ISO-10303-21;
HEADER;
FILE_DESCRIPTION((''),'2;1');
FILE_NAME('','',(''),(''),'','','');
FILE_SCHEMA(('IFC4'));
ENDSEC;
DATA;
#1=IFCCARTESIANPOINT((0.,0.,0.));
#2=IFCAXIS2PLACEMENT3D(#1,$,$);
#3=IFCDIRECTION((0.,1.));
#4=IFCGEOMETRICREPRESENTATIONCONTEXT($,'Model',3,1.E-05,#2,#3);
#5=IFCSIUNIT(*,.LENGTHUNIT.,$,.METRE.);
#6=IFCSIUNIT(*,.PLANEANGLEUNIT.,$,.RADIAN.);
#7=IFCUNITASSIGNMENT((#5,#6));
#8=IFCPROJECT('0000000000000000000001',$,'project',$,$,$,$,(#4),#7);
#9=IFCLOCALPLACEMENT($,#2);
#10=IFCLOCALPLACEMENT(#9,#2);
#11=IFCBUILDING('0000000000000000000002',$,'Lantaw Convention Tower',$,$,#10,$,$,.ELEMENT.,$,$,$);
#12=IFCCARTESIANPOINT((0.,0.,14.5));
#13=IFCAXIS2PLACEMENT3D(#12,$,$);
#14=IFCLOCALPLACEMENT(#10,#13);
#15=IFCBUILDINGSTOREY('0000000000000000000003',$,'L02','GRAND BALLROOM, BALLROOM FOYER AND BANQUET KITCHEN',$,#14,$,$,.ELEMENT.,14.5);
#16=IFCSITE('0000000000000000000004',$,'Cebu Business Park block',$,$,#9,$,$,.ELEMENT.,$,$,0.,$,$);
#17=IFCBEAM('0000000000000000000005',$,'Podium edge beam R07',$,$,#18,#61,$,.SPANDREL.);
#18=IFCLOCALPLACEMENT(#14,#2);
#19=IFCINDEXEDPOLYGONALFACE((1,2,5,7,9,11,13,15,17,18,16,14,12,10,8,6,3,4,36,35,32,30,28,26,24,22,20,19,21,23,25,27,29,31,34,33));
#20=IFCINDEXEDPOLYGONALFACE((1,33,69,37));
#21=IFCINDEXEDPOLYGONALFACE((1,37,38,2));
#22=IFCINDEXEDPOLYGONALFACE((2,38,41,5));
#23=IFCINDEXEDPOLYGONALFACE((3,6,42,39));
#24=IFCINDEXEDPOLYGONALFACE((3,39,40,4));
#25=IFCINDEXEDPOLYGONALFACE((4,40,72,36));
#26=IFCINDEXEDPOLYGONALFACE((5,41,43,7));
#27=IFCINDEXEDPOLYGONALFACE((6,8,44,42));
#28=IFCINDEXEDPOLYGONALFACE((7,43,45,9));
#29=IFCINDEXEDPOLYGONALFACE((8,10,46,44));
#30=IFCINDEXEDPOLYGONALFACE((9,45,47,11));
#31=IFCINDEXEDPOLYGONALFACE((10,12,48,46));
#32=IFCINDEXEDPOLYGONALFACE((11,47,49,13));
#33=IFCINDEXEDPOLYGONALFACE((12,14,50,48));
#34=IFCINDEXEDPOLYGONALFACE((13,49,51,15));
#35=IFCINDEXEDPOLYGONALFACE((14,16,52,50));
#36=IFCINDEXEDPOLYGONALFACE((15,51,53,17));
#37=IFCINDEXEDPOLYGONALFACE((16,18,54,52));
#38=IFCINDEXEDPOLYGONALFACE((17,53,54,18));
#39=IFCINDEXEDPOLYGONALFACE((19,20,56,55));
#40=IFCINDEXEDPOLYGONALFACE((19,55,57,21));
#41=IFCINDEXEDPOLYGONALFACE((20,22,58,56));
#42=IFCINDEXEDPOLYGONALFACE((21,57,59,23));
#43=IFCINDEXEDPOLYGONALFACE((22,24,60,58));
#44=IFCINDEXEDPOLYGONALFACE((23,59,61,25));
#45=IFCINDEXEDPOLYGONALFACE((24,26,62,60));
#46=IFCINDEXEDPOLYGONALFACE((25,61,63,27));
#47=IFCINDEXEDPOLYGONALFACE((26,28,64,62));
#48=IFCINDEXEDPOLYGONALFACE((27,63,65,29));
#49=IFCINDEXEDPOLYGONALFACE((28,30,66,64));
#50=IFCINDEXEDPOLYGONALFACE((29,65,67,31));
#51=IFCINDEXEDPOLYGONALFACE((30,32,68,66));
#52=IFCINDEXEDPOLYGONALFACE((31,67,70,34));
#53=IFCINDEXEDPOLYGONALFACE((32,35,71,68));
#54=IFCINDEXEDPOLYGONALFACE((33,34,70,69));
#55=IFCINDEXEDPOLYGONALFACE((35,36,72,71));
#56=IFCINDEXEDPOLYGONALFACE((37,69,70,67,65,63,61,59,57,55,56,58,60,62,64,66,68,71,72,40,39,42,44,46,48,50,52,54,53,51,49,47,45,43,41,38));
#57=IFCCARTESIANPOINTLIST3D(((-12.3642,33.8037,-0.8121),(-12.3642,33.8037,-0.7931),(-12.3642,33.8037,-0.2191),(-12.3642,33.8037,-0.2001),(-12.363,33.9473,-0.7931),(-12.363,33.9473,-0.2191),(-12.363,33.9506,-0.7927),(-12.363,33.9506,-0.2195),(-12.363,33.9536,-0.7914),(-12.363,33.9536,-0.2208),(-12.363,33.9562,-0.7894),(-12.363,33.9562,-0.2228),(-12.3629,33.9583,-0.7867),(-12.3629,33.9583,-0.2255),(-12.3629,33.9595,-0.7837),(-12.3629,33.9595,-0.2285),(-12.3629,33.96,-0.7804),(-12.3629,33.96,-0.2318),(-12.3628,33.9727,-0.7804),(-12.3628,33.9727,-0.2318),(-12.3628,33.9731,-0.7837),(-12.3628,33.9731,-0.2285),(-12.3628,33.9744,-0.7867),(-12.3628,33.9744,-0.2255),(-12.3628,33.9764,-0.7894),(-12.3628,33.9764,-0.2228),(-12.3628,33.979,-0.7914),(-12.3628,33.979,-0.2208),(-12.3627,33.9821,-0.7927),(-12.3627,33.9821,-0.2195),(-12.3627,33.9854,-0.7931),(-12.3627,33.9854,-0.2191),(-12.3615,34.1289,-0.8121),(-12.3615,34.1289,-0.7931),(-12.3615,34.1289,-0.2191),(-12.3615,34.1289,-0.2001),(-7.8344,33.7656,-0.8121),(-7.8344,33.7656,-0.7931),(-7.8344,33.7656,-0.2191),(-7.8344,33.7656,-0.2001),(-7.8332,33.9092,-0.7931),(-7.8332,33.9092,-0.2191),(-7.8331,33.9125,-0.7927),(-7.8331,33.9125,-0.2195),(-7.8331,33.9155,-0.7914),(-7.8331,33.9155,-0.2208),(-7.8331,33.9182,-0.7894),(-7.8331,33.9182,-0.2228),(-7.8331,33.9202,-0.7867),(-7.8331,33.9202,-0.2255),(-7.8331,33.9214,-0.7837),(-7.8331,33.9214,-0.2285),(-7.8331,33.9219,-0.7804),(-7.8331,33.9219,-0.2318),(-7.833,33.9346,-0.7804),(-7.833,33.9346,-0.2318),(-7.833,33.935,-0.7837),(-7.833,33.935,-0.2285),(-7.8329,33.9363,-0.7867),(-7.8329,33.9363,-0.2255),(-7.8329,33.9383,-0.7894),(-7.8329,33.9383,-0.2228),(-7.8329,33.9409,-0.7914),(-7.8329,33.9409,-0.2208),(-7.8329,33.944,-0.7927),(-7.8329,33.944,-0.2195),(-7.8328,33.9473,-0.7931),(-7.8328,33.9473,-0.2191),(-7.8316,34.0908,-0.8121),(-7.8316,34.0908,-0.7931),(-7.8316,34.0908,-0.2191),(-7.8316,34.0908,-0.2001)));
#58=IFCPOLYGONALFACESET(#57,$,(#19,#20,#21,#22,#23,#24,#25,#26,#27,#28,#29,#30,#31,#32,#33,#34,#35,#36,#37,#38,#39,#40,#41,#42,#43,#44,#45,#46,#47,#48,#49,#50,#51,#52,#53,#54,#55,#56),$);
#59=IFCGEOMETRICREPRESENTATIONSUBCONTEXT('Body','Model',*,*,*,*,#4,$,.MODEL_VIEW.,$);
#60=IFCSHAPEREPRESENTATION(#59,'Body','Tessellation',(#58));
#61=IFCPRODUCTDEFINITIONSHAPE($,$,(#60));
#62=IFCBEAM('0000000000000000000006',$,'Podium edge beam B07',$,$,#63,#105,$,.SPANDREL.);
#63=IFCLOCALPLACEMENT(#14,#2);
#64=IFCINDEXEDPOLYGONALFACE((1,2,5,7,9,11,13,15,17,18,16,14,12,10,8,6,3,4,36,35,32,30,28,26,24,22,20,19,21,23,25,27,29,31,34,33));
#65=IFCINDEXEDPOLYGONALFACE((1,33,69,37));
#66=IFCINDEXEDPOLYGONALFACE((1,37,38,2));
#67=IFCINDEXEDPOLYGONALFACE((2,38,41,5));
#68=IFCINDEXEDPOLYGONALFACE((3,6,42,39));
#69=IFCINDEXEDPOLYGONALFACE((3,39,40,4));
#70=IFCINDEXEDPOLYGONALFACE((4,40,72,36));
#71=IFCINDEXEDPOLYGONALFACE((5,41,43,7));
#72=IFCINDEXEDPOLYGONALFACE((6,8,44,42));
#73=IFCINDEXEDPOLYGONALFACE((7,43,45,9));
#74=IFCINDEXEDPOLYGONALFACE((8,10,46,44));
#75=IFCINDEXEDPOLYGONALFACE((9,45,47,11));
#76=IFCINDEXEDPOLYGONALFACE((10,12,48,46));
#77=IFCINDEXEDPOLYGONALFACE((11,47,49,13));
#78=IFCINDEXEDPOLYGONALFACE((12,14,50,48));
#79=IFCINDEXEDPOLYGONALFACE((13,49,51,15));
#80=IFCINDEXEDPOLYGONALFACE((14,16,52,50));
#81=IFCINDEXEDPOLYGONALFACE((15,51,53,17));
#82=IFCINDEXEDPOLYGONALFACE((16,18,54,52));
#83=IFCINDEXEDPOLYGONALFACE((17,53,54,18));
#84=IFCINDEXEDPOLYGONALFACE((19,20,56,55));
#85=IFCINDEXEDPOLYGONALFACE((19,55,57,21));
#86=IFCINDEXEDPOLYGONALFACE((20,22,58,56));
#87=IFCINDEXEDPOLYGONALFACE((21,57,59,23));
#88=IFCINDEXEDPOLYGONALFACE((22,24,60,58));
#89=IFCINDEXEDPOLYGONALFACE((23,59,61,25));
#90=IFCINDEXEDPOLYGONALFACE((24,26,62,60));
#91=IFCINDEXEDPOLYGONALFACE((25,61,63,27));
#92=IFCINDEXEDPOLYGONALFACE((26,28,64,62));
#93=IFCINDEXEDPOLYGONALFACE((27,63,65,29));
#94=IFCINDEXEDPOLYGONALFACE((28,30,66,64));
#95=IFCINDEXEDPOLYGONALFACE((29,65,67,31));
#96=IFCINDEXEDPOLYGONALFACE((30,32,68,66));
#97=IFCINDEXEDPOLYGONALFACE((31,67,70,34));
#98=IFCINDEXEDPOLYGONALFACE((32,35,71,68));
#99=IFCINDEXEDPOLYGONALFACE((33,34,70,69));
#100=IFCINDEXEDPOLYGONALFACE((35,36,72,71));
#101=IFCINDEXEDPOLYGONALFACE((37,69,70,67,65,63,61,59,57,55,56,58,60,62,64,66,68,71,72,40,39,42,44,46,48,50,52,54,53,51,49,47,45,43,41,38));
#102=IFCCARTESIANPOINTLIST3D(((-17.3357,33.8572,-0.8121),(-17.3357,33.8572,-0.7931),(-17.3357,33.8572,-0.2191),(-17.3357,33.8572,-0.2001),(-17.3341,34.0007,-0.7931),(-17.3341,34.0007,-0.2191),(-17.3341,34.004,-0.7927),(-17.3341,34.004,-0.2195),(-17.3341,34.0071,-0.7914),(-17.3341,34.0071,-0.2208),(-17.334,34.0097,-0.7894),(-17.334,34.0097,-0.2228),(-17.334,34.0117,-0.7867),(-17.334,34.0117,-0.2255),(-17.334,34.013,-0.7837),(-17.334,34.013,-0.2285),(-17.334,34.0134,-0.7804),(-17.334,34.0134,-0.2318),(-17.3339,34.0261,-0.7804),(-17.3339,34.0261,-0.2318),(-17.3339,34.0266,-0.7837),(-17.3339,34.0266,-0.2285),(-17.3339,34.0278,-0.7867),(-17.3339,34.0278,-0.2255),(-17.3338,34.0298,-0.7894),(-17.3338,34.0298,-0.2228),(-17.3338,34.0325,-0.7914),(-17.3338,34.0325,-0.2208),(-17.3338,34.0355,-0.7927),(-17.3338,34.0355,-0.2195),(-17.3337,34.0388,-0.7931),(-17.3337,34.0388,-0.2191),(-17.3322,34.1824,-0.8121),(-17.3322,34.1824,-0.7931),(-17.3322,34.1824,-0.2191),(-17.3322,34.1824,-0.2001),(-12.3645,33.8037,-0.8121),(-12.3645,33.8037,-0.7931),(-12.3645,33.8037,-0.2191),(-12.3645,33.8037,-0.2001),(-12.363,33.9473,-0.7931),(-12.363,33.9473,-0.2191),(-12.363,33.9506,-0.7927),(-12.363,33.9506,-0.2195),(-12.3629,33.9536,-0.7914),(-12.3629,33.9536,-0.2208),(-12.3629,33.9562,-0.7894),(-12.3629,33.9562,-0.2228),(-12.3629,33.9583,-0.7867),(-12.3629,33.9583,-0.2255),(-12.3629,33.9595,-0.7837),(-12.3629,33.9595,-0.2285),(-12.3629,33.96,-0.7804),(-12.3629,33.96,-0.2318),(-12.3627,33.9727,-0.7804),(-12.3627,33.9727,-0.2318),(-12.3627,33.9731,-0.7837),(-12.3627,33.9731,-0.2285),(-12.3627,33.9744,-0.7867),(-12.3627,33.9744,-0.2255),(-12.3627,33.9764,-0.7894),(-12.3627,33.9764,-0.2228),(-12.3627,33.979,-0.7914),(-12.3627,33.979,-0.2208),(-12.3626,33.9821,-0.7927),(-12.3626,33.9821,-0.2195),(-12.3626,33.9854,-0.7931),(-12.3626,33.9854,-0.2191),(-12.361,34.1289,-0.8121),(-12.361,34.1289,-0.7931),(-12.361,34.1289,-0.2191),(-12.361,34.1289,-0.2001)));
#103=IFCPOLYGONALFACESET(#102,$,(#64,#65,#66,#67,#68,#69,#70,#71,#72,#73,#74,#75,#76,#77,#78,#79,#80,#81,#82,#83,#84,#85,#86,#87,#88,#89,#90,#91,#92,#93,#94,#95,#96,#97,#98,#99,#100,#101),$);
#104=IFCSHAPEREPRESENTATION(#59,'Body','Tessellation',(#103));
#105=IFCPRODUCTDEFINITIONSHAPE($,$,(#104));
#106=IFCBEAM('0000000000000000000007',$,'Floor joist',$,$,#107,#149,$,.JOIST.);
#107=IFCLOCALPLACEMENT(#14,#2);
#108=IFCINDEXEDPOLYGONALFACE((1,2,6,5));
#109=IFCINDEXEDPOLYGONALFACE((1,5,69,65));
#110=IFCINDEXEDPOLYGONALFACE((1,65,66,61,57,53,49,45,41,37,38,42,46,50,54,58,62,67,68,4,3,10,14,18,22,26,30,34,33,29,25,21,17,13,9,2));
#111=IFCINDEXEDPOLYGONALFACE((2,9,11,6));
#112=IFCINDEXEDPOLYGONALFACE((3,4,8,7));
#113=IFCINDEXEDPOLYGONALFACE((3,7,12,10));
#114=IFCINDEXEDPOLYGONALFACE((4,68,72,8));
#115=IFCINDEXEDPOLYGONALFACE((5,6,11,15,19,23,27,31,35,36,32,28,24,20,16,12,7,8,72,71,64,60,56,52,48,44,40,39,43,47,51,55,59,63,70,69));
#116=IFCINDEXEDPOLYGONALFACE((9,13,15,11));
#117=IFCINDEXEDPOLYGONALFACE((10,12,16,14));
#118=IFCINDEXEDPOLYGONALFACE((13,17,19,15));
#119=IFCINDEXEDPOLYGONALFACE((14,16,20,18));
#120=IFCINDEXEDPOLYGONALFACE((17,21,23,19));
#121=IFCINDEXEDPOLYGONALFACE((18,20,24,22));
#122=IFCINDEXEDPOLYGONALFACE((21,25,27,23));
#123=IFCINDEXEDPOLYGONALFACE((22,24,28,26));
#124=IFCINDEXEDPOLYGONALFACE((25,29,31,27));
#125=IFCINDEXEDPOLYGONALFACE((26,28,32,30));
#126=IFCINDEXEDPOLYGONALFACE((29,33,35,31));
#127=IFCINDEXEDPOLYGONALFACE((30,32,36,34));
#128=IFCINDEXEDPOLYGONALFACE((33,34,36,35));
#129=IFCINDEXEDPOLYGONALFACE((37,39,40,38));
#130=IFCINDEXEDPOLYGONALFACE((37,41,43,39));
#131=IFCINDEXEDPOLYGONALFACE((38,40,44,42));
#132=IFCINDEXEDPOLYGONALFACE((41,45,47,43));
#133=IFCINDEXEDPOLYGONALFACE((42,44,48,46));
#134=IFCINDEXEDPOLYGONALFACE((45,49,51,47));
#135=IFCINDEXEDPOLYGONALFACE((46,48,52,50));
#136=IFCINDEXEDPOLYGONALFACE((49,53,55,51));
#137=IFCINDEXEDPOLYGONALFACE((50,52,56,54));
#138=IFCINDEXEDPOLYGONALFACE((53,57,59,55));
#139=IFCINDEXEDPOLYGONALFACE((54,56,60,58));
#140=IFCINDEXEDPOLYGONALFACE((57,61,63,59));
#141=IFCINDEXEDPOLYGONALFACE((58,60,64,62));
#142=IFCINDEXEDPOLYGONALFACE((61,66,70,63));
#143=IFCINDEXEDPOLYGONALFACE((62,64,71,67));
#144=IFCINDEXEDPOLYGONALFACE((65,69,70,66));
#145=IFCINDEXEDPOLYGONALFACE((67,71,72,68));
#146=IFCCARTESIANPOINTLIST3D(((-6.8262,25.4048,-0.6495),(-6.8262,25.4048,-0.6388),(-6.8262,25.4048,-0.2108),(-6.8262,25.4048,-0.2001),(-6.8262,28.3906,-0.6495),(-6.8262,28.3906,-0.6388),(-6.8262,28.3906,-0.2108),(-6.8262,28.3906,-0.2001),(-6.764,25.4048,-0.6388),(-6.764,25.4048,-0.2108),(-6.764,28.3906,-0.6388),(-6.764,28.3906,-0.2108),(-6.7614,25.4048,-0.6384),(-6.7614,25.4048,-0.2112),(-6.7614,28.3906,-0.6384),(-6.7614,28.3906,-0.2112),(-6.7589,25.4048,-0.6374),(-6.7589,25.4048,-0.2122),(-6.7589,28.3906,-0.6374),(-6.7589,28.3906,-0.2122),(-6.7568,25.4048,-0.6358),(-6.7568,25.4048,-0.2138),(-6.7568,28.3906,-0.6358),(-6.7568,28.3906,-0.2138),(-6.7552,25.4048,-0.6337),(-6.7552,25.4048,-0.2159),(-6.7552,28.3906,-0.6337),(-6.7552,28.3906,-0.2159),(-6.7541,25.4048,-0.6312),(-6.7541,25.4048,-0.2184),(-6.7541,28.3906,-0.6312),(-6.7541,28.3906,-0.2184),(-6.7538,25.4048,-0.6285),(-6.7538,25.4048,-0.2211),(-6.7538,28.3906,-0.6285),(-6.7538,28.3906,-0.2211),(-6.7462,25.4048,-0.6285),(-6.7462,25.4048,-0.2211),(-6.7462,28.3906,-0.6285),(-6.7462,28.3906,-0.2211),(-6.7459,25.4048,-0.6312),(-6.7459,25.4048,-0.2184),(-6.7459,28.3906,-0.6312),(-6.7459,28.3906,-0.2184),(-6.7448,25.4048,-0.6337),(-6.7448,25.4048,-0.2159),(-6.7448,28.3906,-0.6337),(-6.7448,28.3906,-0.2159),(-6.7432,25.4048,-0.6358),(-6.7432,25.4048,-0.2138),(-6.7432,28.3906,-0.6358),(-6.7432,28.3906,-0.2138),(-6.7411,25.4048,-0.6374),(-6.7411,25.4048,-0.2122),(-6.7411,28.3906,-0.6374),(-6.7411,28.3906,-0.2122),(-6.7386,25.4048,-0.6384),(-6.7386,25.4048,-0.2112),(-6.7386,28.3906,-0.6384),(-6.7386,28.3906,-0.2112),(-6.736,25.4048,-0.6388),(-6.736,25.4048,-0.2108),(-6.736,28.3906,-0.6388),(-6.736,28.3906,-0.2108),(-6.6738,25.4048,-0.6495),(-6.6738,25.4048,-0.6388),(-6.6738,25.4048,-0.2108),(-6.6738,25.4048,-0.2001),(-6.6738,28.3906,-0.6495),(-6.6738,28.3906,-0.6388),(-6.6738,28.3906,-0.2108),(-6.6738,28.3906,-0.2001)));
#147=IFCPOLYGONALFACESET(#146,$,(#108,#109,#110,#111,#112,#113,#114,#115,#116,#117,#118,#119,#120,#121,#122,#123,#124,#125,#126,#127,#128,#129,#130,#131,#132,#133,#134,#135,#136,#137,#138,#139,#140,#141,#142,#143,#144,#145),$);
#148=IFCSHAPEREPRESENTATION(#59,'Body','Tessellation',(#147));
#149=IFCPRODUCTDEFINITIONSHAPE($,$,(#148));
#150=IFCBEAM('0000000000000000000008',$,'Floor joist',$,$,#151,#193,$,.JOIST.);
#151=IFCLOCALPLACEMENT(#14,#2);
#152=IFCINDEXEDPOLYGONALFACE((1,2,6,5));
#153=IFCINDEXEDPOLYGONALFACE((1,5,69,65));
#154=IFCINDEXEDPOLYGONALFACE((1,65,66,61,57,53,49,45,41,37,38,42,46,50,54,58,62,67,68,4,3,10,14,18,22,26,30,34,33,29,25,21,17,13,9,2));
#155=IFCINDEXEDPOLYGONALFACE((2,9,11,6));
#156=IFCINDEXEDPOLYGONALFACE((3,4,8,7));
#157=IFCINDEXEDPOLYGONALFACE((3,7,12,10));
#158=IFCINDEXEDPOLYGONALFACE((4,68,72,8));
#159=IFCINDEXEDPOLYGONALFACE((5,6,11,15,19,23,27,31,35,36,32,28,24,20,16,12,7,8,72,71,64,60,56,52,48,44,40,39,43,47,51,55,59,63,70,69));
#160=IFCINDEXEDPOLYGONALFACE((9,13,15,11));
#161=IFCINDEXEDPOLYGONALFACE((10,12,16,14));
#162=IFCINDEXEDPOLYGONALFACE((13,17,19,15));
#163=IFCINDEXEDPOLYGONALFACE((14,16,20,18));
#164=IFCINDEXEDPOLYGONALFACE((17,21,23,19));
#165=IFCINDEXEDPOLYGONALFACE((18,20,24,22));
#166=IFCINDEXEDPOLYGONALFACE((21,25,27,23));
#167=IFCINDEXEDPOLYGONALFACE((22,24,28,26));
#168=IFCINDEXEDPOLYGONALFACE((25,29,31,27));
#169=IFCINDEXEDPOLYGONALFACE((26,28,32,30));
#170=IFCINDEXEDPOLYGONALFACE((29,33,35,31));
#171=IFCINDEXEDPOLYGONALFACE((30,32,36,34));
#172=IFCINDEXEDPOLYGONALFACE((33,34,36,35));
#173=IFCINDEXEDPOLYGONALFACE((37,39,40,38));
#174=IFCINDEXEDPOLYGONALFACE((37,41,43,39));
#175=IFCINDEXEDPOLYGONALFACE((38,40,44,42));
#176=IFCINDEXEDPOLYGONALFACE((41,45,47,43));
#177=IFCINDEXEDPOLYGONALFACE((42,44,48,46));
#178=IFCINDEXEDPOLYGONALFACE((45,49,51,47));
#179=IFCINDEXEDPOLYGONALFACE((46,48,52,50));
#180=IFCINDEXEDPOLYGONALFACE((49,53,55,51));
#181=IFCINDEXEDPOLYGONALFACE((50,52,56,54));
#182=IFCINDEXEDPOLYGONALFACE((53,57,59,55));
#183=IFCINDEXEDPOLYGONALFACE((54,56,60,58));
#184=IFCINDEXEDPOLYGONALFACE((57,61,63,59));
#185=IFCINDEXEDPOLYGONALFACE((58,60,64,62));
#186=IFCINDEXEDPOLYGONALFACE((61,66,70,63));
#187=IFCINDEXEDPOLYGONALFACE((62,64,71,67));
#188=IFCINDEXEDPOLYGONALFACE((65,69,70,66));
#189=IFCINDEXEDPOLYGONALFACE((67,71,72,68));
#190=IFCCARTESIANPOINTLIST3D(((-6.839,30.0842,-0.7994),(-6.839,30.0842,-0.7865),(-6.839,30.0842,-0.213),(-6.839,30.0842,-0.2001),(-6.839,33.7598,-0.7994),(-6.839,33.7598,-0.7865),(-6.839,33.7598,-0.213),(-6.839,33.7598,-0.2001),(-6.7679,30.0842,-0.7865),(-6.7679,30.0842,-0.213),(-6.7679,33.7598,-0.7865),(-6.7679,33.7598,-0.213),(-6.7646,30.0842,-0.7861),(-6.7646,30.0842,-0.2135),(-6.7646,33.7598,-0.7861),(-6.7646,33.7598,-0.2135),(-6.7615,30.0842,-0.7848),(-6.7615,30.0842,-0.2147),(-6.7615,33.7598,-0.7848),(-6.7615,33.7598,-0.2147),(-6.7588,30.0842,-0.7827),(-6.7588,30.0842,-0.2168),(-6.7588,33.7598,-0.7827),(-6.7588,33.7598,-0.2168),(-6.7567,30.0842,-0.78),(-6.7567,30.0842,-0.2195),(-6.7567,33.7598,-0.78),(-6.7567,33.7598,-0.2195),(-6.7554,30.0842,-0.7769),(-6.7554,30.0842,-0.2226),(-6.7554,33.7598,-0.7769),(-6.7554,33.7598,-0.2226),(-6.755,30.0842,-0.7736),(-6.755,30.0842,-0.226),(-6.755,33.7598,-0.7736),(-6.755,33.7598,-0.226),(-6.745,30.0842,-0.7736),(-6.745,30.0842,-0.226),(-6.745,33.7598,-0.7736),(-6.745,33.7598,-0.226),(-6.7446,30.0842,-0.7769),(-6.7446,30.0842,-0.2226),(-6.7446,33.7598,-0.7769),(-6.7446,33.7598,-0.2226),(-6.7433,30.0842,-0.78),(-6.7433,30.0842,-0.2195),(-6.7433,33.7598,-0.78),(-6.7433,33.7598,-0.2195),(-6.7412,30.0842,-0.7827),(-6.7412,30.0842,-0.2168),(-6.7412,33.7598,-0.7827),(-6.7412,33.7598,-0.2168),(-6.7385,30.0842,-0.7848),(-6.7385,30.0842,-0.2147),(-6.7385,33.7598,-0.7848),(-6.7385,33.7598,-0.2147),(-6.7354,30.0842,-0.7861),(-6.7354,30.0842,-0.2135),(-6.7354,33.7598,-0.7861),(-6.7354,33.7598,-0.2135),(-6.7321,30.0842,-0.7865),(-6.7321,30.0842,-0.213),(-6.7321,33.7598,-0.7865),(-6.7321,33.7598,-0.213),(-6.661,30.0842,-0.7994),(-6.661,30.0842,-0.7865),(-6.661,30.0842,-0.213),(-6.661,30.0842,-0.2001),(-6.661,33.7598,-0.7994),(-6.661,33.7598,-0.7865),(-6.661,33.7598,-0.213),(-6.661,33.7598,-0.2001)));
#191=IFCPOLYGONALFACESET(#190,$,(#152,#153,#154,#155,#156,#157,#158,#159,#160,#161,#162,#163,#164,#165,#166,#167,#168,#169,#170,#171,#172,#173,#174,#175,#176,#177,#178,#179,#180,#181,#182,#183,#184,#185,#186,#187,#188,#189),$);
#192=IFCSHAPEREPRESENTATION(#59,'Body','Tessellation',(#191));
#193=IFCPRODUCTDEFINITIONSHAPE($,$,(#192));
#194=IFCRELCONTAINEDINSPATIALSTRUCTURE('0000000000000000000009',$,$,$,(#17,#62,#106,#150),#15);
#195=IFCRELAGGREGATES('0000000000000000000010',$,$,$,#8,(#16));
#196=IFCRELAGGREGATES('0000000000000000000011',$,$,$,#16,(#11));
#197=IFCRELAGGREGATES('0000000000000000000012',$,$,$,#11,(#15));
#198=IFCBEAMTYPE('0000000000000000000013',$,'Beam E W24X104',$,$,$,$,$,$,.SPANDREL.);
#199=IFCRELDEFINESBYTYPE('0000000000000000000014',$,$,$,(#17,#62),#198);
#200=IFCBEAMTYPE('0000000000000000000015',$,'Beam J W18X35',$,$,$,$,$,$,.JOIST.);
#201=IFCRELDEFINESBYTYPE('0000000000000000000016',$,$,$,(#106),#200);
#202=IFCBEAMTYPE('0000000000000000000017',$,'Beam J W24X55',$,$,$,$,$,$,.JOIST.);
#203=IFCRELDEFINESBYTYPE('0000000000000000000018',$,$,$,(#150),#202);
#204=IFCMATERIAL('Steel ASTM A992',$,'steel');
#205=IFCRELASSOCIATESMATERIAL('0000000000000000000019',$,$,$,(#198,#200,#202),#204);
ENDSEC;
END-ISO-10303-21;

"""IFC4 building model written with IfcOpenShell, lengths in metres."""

from ifc_helpers import new_model, si_unit, direction, frame, origin, origin_2d, place, context, subcontext, project, spatial, i_section, extrude, material, material_profile, profile_set, type_object, element, save


model = new_model("IFC4")

# Units and contexts
model_context = context("Model", 3, precision=1e-05, world=origin(), true_north=direction((0.0, 1.0)))
body_context = subcontext(model_context, "Body", "Model", "MODEL_VIEW")
ifc_project = project(units=[si_unit("LENGTHUNIT", "METRE"), si_unit("PLANEANGLEUNIT", "RADIAN")], contexts=[model_context])

# Site, building, storey
site_placement = place(None, origin())
site = spatial("IfcSite", under=ifc_project, at=site_placement, Name="Cebu Business Park block", CompositionType="ELEMENT", RefElevation=0.0)
building_placement = place(site_placement, origin())
building = spatial("IfcBuilding", under=site, at=building_placement, Name="Lantaw Convention Tower", CompositionType="ELEMENT")
storey_placement = place(building_placement, frame((0.0, 0.0, 14.5)))
storey = spatial("IfcBuildingStorey", under=building, at=storey_placement, Name="L02", Description="GRAND BALLROOM, BALLROOM FOYER AND BANQUET KITCHEN", CompositionType="ELEMENT", Elevation=14.5)

# Beams
ifc_material_1 = material(Name="Steel ASTM A992", Category="steel")
ifc_material_profile_1 = material_profile(ifc_material_1, i_section(OverallWidth=0.3252, OverallDepth=0.6121, WebThickness=0.0127, FlangeThickness=0.019, FilletRadius=0.0127, at=origin_2d()), Name="W24X104")
ifc_profile_set_1 = profile_set([ifc_material_profile_1], Name="Steel ASTM A992")
beam_type_1 = type_object("IfcBeamType", Name="Beam E W24X104", PredefinedType="SPANDREL", material=ifc_profile_set_1)
beam_1_placement = place(storey_placement, frame((-7.833, 33.9282, -0.5061), z_axis=(-0.999965, 0.008408, 0.0), x_axis=(-0.008408, -0.999965, 0.0)))
element("IfcBeam", 1, at=beam_1_placement, inside=storey, type_object=beam_type_1, Name="Podium edge beam R07", PredefinedType="SPANDREL", context=body_context, shape_type="SweptSolid", body=[
    extrude(i_section(OverallWidth=0.3252, OverallDepth=0.6121, WebThickness=0.0127, FlangeThickness=0.019, FilletRadius=0.0127, at=origin_2d()), origin(), (0.0, 0.0, 1.0), 4.53),
])
beam_2_placement = place(storey_placement, frame((-12.3628, 33.9663, -0.5061), z_axis=(-0.999942, 0.010755, 0.0), x_axis=(-0.010755, -0.999942, 0.0)))
element("IfcBeam", 2, at=beam_2_placement, inside=storey, type_object=beam_type_1, Name="Podium edge beam B07", PredefinedType="SPANDREL", context=body_context, shape_type="SweptSolid", body=[
    extrude(i_section(OverallWidth=0.3252, OverallDepth=0.6121, WebThickness=0.0127, FlangeThickness=0.019, FilletRadius=0.0127, at=origin_2d()), origin(), (0.0, 0.0, 1.0), 4.9714),
])
ifc_material_profile_2 = material_profile(ifc_material_1, i_section(OverallWidth=0.1523, OverallDepth=0.4495, WebThickness=0.0076, FlangeThickness=0.0107, FilletRadius=0.0103, at=origin_2d()), Name="W18X35")
ifc_profile_set_2 = profile_set([ifc_material_profile_2], Name="Steel ASTM A992")
beam_type_2 = type_object("IfcBeamType", Name="Beam J W18X35", PredefinedType="JOIST", material=ifc_profile_set_2)
beam_3_placement = place(storey_placement, frame((-6.75, 25.4048, -0.4248), z_axis=(0.0, 1.0, 0.0), x_axis=(-1.0, 0.0, 0.0)))
element("IfcBeam", 3, at=beam_3_placement, inside=storey, type_object=beam_type_2, Name="Floor joist", PredefinedType="JOIST", context=body_context, shape_type="SweptSolid", body=[
    extrude(i_section(OverallWidth=0.1523, OverallDepth=0.4495, WebThickness=0.0076, FlangeThickness=0.0107, FilletRadius=0.0103, at=origin_2d()), origin(), (0.0, 0.0, 1.0), 2.9858),
])
ifc_material_profile_3 = material_profile(ifc_material_1, i_section(OverallWidth=0.178, OverallDepth=0.5994, WebThickness=0.01, FlangeThickness=0.0129, FilletRadius=0.0129, at=origin_2d()), Name="W24X55")
ifc_profile_set_3 = profile_set([ifc_material_profile_3], Name="Steel ASTM A992")
beam_type_3 = type_object("IfcBeamType", Name="Beam J W24X55", PredefinedType="JOIST", material=ifc_profile_set_3)
beam_4_placement = place(storey_placement, frame((-6.75, 30.0842, -0.4998), z_axis=(0.0, 1.0, 0.0), x_axis=(-1.0, 0.0, 0.0)))
element("IfcBeam", 4, at=beam_4_placement, inside=storey, type_object=beam_type_3, Name="Floor joist", PredefinedType="JOIST", context=body_context, shape_type="SweptSolid", body=[
    extrude(i_section(OverallWidth=0.178, OverallDepth=0.5994, WebThickness=0.01, FlangeThickness=0.0129, FilletRadius=0.0129, at=origin_2d()), origin(), (0.0, 0.0, 1.0), 3.6755),
])

save(model, "model.ifc")
